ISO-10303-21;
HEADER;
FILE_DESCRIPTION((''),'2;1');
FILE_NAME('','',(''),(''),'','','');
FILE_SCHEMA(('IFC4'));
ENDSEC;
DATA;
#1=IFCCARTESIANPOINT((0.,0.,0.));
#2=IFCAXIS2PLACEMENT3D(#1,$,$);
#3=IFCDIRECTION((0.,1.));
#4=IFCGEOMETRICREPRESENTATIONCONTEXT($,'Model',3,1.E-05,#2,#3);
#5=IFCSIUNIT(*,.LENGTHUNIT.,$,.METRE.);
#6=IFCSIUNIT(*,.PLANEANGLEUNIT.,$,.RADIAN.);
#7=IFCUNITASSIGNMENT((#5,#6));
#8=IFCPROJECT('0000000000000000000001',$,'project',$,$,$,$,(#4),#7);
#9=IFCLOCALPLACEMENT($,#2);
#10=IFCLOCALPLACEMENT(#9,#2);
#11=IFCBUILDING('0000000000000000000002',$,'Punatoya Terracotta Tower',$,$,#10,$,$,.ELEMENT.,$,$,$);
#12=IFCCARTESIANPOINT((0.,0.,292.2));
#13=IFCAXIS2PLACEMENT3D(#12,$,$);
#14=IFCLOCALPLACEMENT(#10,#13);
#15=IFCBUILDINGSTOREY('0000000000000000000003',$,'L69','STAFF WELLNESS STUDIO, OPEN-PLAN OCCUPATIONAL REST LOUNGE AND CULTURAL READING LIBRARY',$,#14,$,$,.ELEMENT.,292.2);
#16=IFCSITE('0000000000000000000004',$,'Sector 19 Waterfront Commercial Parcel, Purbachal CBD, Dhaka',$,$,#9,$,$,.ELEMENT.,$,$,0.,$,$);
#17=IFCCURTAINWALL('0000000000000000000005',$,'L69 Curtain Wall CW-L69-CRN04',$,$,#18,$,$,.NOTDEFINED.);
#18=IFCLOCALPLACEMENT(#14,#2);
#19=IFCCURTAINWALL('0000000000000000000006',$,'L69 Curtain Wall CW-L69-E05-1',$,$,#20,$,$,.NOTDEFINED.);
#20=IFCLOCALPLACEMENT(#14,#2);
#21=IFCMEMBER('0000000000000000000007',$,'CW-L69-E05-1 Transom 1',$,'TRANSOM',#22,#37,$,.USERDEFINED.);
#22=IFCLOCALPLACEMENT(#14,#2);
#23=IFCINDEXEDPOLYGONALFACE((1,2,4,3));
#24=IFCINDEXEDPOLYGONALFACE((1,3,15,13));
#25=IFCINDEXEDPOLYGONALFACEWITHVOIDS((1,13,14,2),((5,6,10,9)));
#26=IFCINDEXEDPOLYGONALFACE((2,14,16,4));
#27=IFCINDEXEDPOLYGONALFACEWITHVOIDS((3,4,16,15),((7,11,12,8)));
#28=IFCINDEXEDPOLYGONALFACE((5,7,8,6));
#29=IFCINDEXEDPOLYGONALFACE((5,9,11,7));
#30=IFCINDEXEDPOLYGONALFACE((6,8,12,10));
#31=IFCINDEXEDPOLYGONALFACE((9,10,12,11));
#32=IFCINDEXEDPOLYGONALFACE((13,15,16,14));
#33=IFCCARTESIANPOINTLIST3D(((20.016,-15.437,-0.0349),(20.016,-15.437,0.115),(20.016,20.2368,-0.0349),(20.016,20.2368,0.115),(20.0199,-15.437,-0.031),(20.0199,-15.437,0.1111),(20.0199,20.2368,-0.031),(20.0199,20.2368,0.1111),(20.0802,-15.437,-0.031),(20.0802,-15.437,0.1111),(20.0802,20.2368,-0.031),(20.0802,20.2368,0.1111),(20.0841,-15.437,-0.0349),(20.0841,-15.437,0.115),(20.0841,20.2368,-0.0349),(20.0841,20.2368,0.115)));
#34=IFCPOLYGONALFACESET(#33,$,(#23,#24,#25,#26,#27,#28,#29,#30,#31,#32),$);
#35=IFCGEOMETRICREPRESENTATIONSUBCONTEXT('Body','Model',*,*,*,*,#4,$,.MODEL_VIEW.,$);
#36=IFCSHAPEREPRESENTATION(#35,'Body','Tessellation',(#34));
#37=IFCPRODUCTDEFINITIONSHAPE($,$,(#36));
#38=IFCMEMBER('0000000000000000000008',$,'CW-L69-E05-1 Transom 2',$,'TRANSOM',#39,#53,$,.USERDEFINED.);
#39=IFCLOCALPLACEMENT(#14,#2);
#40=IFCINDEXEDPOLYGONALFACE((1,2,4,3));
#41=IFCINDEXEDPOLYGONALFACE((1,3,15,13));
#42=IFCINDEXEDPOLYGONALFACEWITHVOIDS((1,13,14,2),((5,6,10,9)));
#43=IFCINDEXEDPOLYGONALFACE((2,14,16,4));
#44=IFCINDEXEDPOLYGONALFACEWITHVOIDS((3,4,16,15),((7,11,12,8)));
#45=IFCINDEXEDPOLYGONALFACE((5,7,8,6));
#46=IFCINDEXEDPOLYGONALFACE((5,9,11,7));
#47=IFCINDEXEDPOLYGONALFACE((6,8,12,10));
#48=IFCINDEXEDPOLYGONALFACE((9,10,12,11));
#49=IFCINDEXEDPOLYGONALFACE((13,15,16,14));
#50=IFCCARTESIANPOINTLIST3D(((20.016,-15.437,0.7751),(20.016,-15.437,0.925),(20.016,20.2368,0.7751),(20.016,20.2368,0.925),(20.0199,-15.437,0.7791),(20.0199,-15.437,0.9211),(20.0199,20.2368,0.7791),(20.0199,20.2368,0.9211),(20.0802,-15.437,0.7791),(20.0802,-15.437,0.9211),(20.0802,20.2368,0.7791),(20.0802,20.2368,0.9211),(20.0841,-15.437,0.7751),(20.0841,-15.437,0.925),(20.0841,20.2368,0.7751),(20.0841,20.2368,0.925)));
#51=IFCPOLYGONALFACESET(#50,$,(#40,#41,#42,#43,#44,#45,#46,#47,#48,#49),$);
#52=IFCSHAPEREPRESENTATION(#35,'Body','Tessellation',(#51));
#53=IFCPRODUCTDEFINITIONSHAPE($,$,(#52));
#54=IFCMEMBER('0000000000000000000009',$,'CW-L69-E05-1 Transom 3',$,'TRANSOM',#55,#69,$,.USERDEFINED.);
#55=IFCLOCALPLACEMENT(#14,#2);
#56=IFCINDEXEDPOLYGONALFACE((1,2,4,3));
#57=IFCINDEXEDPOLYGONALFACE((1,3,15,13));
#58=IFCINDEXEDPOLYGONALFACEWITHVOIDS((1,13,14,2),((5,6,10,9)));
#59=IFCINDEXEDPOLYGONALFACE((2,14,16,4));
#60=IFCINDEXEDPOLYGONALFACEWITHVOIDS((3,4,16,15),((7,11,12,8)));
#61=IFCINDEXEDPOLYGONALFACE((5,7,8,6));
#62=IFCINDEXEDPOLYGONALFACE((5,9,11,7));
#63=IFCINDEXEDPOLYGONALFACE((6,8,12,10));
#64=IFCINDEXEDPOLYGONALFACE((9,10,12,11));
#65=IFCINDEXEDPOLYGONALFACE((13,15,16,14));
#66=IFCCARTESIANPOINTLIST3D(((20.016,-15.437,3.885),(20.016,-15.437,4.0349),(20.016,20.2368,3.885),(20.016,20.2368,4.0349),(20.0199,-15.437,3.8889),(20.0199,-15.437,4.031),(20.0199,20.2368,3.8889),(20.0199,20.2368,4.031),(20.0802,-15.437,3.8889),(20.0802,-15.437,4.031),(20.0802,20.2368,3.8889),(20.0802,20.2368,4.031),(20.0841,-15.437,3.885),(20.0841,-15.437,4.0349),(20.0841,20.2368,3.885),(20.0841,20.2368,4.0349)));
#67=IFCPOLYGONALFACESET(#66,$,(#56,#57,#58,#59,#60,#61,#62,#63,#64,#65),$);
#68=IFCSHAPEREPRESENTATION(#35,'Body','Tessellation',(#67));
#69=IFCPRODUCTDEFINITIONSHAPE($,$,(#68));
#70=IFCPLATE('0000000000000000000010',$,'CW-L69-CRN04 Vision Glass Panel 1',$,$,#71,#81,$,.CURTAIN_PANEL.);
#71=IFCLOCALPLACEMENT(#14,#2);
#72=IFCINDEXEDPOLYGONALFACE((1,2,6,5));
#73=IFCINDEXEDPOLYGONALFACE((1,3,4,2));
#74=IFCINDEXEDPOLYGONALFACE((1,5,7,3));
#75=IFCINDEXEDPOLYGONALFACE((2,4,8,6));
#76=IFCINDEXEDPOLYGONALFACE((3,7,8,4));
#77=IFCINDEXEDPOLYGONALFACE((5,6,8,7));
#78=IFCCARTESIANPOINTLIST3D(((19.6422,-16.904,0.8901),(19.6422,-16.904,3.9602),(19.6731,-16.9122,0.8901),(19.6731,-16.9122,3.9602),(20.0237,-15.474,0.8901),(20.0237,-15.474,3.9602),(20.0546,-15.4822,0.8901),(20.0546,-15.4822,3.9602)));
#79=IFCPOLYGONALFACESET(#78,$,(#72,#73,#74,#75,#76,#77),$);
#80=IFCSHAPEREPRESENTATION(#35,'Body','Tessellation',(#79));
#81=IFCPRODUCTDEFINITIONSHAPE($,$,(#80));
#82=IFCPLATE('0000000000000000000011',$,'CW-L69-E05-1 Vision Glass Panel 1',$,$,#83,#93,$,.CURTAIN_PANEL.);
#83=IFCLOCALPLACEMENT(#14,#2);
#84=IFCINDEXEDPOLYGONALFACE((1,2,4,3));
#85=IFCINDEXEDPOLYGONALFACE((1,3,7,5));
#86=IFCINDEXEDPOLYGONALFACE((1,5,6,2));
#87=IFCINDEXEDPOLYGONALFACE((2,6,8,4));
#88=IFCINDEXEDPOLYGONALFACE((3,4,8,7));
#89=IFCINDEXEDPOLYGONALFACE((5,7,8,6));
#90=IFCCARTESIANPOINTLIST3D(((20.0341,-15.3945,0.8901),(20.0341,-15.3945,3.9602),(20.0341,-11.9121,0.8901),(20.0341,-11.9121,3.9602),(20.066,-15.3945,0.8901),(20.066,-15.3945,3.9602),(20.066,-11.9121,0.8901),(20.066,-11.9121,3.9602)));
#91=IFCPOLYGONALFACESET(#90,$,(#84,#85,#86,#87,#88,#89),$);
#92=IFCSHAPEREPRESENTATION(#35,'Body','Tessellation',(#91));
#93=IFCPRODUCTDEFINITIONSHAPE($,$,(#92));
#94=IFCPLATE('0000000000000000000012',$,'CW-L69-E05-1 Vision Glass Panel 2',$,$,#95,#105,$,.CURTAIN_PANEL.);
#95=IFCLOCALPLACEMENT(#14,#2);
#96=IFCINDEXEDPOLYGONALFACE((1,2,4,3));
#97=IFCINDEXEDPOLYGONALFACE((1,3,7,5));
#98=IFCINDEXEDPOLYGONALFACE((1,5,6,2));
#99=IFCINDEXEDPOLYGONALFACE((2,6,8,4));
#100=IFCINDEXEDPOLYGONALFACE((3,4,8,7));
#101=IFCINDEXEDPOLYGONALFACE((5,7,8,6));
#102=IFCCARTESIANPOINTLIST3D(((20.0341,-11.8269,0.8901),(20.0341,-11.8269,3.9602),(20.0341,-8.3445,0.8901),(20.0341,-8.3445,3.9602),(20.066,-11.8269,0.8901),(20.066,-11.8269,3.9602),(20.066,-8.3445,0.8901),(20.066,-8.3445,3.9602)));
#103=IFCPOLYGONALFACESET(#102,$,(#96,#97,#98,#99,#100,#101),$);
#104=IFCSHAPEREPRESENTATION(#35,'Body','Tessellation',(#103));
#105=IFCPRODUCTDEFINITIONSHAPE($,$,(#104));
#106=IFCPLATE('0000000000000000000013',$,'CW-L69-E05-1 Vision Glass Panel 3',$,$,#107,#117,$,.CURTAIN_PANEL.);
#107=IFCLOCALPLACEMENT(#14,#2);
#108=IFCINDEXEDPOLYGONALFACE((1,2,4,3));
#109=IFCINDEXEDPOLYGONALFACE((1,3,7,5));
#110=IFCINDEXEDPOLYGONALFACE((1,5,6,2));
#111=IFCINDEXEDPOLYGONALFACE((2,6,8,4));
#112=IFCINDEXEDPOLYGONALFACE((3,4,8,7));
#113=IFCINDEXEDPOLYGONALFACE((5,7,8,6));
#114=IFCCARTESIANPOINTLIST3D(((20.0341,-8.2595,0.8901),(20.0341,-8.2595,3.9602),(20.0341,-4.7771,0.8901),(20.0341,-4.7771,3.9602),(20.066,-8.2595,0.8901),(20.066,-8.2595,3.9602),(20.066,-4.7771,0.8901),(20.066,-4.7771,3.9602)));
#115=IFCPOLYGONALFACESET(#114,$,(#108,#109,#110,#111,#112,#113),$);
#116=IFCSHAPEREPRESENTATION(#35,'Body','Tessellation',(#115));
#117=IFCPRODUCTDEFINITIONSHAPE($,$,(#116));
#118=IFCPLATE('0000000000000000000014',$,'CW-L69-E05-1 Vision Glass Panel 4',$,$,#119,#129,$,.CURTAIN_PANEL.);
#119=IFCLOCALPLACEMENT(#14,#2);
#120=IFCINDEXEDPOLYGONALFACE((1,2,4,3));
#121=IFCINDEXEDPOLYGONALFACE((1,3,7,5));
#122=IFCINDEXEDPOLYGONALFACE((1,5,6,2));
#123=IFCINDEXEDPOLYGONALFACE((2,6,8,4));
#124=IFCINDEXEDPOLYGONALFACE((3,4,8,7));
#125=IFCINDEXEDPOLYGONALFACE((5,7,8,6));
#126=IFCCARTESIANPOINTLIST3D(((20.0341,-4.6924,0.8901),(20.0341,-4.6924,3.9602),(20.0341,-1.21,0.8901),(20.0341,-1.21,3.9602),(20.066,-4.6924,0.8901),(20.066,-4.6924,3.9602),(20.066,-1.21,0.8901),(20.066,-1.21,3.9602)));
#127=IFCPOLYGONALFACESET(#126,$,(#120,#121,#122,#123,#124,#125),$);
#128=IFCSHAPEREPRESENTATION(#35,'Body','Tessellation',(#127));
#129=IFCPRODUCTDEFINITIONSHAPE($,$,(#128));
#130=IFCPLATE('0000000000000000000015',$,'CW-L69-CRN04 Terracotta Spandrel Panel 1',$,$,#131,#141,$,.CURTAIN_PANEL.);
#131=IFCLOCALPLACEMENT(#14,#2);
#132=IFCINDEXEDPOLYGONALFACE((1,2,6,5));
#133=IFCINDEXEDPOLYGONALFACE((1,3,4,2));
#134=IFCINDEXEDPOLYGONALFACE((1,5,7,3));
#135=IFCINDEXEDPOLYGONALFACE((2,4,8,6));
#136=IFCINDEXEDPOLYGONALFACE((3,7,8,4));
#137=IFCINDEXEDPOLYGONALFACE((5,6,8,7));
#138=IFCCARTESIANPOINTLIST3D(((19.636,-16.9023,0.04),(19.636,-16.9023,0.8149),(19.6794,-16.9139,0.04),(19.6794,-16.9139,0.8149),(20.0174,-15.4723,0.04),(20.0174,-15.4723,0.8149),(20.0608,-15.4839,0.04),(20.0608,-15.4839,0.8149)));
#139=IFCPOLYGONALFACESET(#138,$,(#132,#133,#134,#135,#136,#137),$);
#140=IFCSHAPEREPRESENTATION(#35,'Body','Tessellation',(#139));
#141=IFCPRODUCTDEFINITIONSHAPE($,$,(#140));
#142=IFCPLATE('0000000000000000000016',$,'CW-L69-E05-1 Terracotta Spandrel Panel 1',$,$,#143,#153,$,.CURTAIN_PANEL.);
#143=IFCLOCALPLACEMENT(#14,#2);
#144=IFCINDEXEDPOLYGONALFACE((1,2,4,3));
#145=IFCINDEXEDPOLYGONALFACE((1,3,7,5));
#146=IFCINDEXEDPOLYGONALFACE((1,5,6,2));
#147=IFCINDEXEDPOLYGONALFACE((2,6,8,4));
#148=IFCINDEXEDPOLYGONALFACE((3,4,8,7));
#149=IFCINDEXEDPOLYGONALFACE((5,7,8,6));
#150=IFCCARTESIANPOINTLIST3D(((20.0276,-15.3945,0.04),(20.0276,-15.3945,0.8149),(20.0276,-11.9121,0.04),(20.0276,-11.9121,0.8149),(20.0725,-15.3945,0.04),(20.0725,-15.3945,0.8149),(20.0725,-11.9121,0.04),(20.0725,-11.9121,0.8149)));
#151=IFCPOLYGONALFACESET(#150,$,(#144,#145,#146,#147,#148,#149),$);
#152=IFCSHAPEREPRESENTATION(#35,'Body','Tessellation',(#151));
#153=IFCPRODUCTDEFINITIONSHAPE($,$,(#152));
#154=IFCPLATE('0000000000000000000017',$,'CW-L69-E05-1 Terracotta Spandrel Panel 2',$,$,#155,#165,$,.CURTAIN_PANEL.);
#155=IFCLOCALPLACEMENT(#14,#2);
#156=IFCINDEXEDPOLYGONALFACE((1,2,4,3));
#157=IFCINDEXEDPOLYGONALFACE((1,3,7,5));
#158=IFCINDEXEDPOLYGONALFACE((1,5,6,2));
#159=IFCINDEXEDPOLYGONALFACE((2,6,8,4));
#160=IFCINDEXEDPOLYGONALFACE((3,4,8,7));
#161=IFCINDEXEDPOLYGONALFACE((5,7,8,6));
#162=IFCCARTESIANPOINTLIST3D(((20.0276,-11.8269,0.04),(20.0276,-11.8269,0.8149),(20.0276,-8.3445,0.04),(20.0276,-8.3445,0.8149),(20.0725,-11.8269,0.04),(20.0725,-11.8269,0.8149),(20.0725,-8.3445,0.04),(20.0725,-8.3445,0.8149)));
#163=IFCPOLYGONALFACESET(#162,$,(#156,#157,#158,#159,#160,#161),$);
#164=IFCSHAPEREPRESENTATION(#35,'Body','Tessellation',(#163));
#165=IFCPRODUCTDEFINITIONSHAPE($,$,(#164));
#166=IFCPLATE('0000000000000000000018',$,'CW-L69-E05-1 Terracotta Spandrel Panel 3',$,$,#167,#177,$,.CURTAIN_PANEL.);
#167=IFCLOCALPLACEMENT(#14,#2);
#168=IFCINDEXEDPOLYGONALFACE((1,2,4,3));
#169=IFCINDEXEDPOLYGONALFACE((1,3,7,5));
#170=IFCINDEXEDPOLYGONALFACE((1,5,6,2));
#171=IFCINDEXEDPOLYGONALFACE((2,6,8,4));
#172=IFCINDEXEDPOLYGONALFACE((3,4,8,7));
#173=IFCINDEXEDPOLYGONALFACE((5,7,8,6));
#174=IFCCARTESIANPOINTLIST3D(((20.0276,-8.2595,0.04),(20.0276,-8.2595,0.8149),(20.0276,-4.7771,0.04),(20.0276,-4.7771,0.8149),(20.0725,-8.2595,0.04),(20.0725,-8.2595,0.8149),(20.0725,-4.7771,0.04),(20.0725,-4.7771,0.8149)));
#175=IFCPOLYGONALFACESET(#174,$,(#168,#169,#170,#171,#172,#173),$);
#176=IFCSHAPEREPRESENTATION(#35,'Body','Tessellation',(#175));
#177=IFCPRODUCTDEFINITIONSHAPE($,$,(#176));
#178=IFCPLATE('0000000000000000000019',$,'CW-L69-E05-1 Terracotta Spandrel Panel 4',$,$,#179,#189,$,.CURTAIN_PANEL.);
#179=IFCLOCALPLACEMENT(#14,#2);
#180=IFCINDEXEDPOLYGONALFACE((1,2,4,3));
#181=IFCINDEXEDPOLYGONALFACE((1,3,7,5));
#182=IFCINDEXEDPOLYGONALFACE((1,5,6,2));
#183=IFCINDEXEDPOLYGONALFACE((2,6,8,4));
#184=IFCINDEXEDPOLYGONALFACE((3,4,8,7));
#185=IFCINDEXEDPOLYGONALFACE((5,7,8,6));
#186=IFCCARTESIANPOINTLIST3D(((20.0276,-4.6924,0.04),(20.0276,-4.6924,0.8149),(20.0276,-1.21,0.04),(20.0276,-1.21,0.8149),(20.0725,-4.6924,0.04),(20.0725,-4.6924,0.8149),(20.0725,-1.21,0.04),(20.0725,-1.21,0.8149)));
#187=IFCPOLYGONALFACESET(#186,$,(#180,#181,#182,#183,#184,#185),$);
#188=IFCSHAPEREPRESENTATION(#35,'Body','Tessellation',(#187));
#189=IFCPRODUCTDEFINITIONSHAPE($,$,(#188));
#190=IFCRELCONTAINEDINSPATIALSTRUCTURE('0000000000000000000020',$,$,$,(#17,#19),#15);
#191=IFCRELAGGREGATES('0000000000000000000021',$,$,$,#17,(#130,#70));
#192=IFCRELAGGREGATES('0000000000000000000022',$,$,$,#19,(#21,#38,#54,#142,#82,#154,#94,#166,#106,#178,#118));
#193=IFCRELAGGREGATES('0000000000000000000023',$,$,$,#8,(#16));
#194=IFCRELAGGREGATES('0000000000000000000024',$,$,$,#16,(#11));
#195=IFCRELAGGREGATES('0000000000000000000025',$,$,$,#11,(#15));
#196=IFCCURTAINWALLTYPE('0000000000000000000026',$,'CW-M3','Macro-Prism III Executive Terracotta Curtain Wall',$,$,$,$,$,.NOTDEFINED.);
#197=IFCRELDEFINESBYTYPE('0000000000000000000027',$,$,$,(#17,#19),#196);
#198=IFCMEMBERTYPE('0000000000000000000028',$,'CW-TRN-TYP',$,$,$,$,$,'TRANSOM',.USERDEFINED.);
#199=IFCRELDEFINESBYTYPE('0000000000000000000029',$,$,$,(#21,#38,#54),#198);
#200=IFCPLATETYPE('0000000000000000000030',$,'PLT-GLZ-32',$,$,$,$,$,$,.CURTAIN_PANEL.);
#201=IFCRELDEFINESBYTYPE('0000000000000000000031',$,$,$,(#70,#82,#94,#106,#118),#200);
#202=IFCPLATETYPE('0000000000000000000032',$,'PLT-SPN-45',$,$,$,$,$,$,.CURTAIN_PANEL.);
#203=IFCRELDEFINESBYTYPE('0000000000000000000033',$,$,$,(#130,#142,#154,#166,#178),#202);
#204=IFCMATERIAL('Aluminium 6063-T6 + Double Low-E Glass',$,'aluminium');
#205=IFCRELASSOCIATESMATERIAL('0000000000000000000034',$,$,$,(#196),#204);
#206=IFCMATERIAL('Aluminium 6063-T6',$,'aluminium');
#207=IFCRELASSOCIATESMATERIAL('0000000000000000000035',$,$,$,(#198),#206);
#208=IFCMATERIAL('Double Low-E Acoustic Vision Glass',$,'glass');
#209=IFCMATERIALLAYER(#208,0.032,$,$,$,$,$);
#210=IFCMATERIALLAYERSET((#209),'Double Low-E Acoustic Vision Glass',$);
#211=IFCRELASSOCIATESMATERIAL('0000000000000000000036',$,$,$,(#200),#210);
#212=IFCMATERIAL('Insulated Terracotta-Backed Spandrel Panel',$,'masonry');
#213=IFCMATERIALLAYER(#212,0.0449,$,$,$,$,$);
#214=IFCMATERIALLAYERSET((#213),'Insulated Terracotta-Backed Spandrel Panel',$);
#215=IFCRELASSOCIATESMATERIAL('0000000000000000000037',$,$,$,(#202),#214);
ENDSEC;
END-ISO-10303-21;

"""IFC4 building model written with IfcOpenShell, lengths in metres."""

from ifc_helpers import new_model, si_unit, direction, frame, origin, origin_2d, place, context, subcontext, project, spatial, rectangle, hollow_rectangle, extrude, material, layer, layer_set, material_profile, profile_set, type_object, element, aggregate, save


model = new_model("IFC4")

# Units and contexts
model_context = context("Model", 3, precision=1e-05, world=origin(), true_north=direction((0.0, 1.0)))
body_context = subcontext(model_context, "Body", "Model", "MODEL_VIEW")
ifc_project = project(units=[si_unit("LENGTHUNIT", "METRE"), si_unit("PLANEANGLEUNIT", "RADIAN")], contexts=[model_context])

# Site, building, storey
site_placement = place(None, origin())
site = spatial("IfcSite", under=ifc_project, at=site_placement, Name="Sector 19 Waterfront Commercial Parcel, Purbachal CBD, Dhaka", CompositionType="ELEMENT", RefElevation=0.0)
building_placement = place(site_placement, origin())
building = spatial("IfcBuilding", under=site, at=building_placement, Name="Punatoya Terracotta Tower", CompositionType="ELEMENT")
storey_placement = place(building_placement, frame((0.0, 0.0, 292.2)))
storey = spatial("IfcBuildingStorey", under=building, at=storey_placement, Name="L69", Description="STAFF WELLNESS STUDIO, OPEN-PLAN OCCUPATIONAL REST LOUNGE AND CULTURAL READING LIBRARY", CompositionType="ELEMENT", Elevation=292.2)

# Curtain walls, members
ifc_material_1 = material(Name="Aluminium 6063-T6 + Double Low-E Glass", Category="aluminium")
curtain_wall_type = type_object("IfcCurtainWallType", Name="CW-M3", Description="Macro-Prism III Executive Terracotta Curtain Wall", PredefinedType="NOTDEFINED", material=ifc_material_1)
curtain_wall_1_placement = place(storey_placement, origin())
curtain_wall_1 = element("IfcCurtainWall", 1, at=curtain_wall_1_placement, inside=storey, type_object=curtain_wall_type, Name="L69 Curtain Wall CW-L69-CRN04", PredefinedType="NOTDEFINED")
ifc_material_2 = material(Name="Aluminium 6063-T6", Category="aluminium")
curtain_wall_2_placement = place(storey_placement, origin())
curtain_wall_2 = element("IfcCurtainWall", 2, at=curtain_wall_2_placement, inside=storey, type_object=curtain_wall_type, Name="L69 Curtain Wall CW-L69-E05-1", PredefinedType="NOTDEFINED")
ifc_material_profile_1 = material_profile(ifc_material_2, hollow_rectangle(XDim=0.0681, YDim=0.1499, WallThickness=0.0039, at=origin_2d()))
ifc_profile_set_1 = profile_set([ifc_material_profile_1], Name="Aluminium 6063-T6")
member_type_1 = type_object("IfcMemberType", Name="CW-TRN-TYP", ElementType="TRANSOM", PredefinedType="USERDEFINED", material=ifc_profile_set_1)
member_1_placement = place(storey_placement, frame((20.05, -15.437, 0.04), z_axis=(0.0, 1.0, 0.0), x_axis=(-1.0, 0.0, 0.0)))
member_1 = element("IfcMember", 3, at=member_1_placement, type_object=member_type_1, Name="CW-L69-E05-1 Transom 1", ObjectType="TRANSOM", PredefinedType="USERDEFINED", context=body_context, shape_type="SweptSolid", body=[
    extrude(hollow_rectangle(XDim=0.0681, YDim=0.1499, WallThickness=0.0039, at=origin_2d()), origin(), (0.0, 0.0, 1.0), 35.6738),
])
member_2_placement = place(storey_placement, frame((20.05, -15.437, 0.8501), z_axis=(0.0, 1.0, 0.0), x_axis=(-1.0, 0.0, 0.0)))
member_2 = element("IfcMember", 4, at=member_2_placement, type_object=member_type_1, Name="CW-L69-E05-1 Transom 2", ObjectType="TRANSOM", PredefinedType="USERDEFINED", context=body_context, shape_type="SweptSolid", body=[
    extrude(hollow_rectangle(XDim=0.0681, YDim=0.1499, WallThickness=0.0039, at=origin_2d()), origin(), (0.0, 0.0, 1.0), 35.6738),
])
member_3_placement = place(storey_placement, frame((20.05, -15.437, 3.96), z_axis=(0.0, 1.0, 0.0), x_axis=(-1.0, 0.0, 0.0)))
member_3 = element("IfcMember", 5, at=member_3_placement, type_object=member_type_1, Name="CW-L69-E05-1 Transom 3", ObjectType="TRANSOM", PredefinedType="USERDEFINED", context=body_context, shape_type="SweptSolid", body=[
    extrude(hollow_rectangle(XDim=0.0681, YDim=0.1499, WallThickness=0.0039, at=origin_2d()), origin(), (0.0, 0.0, 1.0), 35.6738),
])

# Plates
ifc_material_3 = material(Name="Double Low-E Acoustic Vision Glass", Category="glass")
ifc_layer_1 = layer(ifc_material_3, 0.032)
ifc_layer_set_1 = layer_set([ifc_layer_1], Name="Double Low-E Acoustic Vision Glass")
plate_type_1 = type_object("IfcPlateType", Name="PLT-GLZ-32", PredefinedType="CURTAIN_PANEL", material=ifc_layer_set_1)
plate_1_placement = place(storey_placement, frame((19.8484, -16.1931, 0.8901), z_axis=(0.0, 0.0, 1.0), x_axis=(0.257742, 0.966214, 0.0)))
plate_1 = element("IfcPlate", 6, at=plate_1_placement, type_object=plate_type_1, Name="CW-L69-CRN04 Vision Glass Panel 1", PredefinedType="CURTAIN_PANEL", context=body_context, shape_type="SweptSolid", body=[
    extrude(rectangle(XDim=1.48, YDim=0.032, at=origin_2d()), origin(), (0.0, 0.0, 1.0), 3.0701),
])
plate_2_placement = place(storey_placement, frame((20.05, -13.6533, 0.8901), z_axis=(0.0, 0.0, 1.0), x_axis=(0.0, 1.0, 0.0)))
plate_2 = element("IfcPlate", 7, at=plate_2_placement, type_object=plate_type_1, Name="CW-L69-E05-1 Vision Glass Panel 1", PredefinedType="CURTAIN_PANEL", context=body_context, shape_type="SweptSolid", body=[
    extrude(rectangle(XDim=3.4824, YDim=0.032, at=origin_2d()), origin(), (0.0, 0.0, 1.0), 3.0701),
])
plate_3_placement = place(storey_placement, frame((20.05, -10.0857, 0.8901), z_axis=(0.0, 0.0, 1.0), x_axis=(0.0, 1.0, 0.0)))
plate_3 = element("IfcPlate", 8, at=plate_3_placement, type_object=plate_type_1, Name="CW-L69-E05-1 Vision Glass Panel 2", PredefinedType="CURTAIN_PANEL", context=body_context, shape_type="SweptSolid", body=[
    extrude(rectangle(XDim=3.4824, YDim=0.032, at=origin_2d()), origin(), (0.0, 0.0, 1.0), 3.0701),
])
plate_4_placement = place(storey_placement, frame((20.05, -6.5183, 0.8901), z_axis=(0.0, 0.0, 1.0), x_axis=(0.0, 1.0, 0.0)))
plate_4 = element("IfcPlate", 9, at=plate_4_placement, type_object=plate_type_1, Name="CW-L69-E05-1 Vision Glass Panel 3", PredefinedType="CURTAIN_PANEL", context=body_context, shape_type="SweptSolid", body=[
    extrude(rectangle(XDim=3.4824, YDim=0.032, at=origin_2d()), origin(), (0.0, 0.0, 1.0), 3.0701),
])
plate_5_placement = place(storey_placement, frame((20.05, -2.9512, 0.8901), z_axis=(0.0, 0.0, 1.0), x_axis=(0.0, 1.0, 0.0)))
plate_5 = element("IfcPlate", 10, at=plate_5_placement, type_object=plate_type_1, Name="CW-L69-E05-1 Vision Glass Panel 4", PredefinedType="CURTAIN_PANEL", context=body_context, shape_type="SweptSolid", body=[
    extrude(rectangle(XDim=3.4824, YDim=0.032, at=origin_2d()), origin(), (0.0, 0.0, 1.0), 3.0701),
])
ifc_material_4 = material(Name="Insulated Terracotta-Backed Spandrel Panel", Category="masonry")
ifc_layer_2 = layer(ifc_material_4, 0.0449)
ifc_layer_set_2 = layer_set([ifc_layer_2], Name="Insulated Terracotta-Backed Spandrel Panel")
plate_type_2 = type_object("IfcPlateType", Name="PLT-SPN-45", PredefinedType="CURTAIN_PANEL", material=ifc_layer_set_2)
plate_6_placement = place(storey_placement, frame((19.8484, -16.1931, 0.04), z_axis=(0.0, 0.0, 1.0), x_axis=(0.257742, 0.966214, 0.0)))
plate_6 = element("IfcPlate", 11, at=plate_6_placement, type_object=plate_type_2, Name="CW-L69-CRN04 Terracotta Spandrel Panel 1", PredefinedType="CURTAIN_PANEL", context=body_context, shape_type="SweptSolid", body=[
    extrude(rectangle(XDim=1.48, YDim=0.0449, at=origin_2d()), origin(), (0.0, 0.0, 1.0), 0.7749),
])
aggregate(curtain_wall_1, [plate_6, plate_1])
plate_7_placement = place(storey_placement, frame((20.05, -13.6533, 0.04), z_axis=(0.0, 0.0, 1.0), x_axis=(0.0, 1.0, 0.0)))
plate_7 = element("IfcPlate", 12, at=plate_7_placement, type_object=plate_type_2, Name="CW-L69-E05-1 Terracotta Spandrel Panel 1", PredefinedType="CURTAIN_PANEL", context=body_context, shape_type="SweptSolid", body=[
    extrude(rectangle(XDim=3.4824, YDim=0.0449, at=origin_2d()), origin(), (0.0, 0.0, 1.0), 0.7749),
])
plate_8_placement = place(storey_placement, frame((20.05, -10.0857, 0.04), z_axis=(0.0, 0.0, 1.0), x_axis=(0.0, 1.0, 0.0)))
plate_8 = element("IfcPlate", 13, at=plate_8_placement, type_object=plate_type_2, Name="CW-L69-E05-1 Terracotta Spandrel Panel 2", PredefinedType="CURTAIN_PANEL", context=body_context, shape_type="SweptSolid", body=[
    extrude(rectangle(XDim=3.4824, YDim=0.0449, at=origin_2d()), origin(), (0.0, 0.0, 1.0), 0.7749),
])
plate_9_placement = place(storey_placement, frame((20.05, -6.5183, 0.04), z_axis=(0.0, 0.0, 1.0), x_axis=(0.0, 1.0, 0.0)))
plate_9 = element("IfcPlate", 14, at=plate_9_placement, type_object=plate_type_2, Name="CW-L69-E05-1 Terracotta Spandrel Panel 3", PredefinedType="CURTAIN_PANEL", context=body_context, shape_type="SweptSolid", body=[
    extrude(rectangle(XDim=3.4824, YDim=0.0449, at=origin_2d()), origin(), (0.0, 0.0, 1.0), 0.7749),
])
plate_10_placement = place(storey_placement, frame((20.05, -2.9512, 0.04), z_axis=(0.0, 0.0, 1.0), x_axis=(0.0, 1.0, 0.0)))
plate_10 = element("IfcPlate", 15, at=plate_10_placement, type_object=plate_type_2, Name="CW-L69-E05-1 Terracotta Spandrel Panel 4", PredefinedType="CURTAIN_PANEL", context=body_context, shape_type="SweptSolid", body=[
    extrude(rectangle(XDim=3.4824, YDim=0.0449, at=origin_2d()), origin(), (0.0, 0.0, 1.0), 0.7749),
])
aggregate(curtain_wall_2, [member_1, member_2, member_3, plate_7, plate_2, plate_8, plate_3, plate_9, plate_4, plate_10, plate_5])

save(model, "model.ifc")
